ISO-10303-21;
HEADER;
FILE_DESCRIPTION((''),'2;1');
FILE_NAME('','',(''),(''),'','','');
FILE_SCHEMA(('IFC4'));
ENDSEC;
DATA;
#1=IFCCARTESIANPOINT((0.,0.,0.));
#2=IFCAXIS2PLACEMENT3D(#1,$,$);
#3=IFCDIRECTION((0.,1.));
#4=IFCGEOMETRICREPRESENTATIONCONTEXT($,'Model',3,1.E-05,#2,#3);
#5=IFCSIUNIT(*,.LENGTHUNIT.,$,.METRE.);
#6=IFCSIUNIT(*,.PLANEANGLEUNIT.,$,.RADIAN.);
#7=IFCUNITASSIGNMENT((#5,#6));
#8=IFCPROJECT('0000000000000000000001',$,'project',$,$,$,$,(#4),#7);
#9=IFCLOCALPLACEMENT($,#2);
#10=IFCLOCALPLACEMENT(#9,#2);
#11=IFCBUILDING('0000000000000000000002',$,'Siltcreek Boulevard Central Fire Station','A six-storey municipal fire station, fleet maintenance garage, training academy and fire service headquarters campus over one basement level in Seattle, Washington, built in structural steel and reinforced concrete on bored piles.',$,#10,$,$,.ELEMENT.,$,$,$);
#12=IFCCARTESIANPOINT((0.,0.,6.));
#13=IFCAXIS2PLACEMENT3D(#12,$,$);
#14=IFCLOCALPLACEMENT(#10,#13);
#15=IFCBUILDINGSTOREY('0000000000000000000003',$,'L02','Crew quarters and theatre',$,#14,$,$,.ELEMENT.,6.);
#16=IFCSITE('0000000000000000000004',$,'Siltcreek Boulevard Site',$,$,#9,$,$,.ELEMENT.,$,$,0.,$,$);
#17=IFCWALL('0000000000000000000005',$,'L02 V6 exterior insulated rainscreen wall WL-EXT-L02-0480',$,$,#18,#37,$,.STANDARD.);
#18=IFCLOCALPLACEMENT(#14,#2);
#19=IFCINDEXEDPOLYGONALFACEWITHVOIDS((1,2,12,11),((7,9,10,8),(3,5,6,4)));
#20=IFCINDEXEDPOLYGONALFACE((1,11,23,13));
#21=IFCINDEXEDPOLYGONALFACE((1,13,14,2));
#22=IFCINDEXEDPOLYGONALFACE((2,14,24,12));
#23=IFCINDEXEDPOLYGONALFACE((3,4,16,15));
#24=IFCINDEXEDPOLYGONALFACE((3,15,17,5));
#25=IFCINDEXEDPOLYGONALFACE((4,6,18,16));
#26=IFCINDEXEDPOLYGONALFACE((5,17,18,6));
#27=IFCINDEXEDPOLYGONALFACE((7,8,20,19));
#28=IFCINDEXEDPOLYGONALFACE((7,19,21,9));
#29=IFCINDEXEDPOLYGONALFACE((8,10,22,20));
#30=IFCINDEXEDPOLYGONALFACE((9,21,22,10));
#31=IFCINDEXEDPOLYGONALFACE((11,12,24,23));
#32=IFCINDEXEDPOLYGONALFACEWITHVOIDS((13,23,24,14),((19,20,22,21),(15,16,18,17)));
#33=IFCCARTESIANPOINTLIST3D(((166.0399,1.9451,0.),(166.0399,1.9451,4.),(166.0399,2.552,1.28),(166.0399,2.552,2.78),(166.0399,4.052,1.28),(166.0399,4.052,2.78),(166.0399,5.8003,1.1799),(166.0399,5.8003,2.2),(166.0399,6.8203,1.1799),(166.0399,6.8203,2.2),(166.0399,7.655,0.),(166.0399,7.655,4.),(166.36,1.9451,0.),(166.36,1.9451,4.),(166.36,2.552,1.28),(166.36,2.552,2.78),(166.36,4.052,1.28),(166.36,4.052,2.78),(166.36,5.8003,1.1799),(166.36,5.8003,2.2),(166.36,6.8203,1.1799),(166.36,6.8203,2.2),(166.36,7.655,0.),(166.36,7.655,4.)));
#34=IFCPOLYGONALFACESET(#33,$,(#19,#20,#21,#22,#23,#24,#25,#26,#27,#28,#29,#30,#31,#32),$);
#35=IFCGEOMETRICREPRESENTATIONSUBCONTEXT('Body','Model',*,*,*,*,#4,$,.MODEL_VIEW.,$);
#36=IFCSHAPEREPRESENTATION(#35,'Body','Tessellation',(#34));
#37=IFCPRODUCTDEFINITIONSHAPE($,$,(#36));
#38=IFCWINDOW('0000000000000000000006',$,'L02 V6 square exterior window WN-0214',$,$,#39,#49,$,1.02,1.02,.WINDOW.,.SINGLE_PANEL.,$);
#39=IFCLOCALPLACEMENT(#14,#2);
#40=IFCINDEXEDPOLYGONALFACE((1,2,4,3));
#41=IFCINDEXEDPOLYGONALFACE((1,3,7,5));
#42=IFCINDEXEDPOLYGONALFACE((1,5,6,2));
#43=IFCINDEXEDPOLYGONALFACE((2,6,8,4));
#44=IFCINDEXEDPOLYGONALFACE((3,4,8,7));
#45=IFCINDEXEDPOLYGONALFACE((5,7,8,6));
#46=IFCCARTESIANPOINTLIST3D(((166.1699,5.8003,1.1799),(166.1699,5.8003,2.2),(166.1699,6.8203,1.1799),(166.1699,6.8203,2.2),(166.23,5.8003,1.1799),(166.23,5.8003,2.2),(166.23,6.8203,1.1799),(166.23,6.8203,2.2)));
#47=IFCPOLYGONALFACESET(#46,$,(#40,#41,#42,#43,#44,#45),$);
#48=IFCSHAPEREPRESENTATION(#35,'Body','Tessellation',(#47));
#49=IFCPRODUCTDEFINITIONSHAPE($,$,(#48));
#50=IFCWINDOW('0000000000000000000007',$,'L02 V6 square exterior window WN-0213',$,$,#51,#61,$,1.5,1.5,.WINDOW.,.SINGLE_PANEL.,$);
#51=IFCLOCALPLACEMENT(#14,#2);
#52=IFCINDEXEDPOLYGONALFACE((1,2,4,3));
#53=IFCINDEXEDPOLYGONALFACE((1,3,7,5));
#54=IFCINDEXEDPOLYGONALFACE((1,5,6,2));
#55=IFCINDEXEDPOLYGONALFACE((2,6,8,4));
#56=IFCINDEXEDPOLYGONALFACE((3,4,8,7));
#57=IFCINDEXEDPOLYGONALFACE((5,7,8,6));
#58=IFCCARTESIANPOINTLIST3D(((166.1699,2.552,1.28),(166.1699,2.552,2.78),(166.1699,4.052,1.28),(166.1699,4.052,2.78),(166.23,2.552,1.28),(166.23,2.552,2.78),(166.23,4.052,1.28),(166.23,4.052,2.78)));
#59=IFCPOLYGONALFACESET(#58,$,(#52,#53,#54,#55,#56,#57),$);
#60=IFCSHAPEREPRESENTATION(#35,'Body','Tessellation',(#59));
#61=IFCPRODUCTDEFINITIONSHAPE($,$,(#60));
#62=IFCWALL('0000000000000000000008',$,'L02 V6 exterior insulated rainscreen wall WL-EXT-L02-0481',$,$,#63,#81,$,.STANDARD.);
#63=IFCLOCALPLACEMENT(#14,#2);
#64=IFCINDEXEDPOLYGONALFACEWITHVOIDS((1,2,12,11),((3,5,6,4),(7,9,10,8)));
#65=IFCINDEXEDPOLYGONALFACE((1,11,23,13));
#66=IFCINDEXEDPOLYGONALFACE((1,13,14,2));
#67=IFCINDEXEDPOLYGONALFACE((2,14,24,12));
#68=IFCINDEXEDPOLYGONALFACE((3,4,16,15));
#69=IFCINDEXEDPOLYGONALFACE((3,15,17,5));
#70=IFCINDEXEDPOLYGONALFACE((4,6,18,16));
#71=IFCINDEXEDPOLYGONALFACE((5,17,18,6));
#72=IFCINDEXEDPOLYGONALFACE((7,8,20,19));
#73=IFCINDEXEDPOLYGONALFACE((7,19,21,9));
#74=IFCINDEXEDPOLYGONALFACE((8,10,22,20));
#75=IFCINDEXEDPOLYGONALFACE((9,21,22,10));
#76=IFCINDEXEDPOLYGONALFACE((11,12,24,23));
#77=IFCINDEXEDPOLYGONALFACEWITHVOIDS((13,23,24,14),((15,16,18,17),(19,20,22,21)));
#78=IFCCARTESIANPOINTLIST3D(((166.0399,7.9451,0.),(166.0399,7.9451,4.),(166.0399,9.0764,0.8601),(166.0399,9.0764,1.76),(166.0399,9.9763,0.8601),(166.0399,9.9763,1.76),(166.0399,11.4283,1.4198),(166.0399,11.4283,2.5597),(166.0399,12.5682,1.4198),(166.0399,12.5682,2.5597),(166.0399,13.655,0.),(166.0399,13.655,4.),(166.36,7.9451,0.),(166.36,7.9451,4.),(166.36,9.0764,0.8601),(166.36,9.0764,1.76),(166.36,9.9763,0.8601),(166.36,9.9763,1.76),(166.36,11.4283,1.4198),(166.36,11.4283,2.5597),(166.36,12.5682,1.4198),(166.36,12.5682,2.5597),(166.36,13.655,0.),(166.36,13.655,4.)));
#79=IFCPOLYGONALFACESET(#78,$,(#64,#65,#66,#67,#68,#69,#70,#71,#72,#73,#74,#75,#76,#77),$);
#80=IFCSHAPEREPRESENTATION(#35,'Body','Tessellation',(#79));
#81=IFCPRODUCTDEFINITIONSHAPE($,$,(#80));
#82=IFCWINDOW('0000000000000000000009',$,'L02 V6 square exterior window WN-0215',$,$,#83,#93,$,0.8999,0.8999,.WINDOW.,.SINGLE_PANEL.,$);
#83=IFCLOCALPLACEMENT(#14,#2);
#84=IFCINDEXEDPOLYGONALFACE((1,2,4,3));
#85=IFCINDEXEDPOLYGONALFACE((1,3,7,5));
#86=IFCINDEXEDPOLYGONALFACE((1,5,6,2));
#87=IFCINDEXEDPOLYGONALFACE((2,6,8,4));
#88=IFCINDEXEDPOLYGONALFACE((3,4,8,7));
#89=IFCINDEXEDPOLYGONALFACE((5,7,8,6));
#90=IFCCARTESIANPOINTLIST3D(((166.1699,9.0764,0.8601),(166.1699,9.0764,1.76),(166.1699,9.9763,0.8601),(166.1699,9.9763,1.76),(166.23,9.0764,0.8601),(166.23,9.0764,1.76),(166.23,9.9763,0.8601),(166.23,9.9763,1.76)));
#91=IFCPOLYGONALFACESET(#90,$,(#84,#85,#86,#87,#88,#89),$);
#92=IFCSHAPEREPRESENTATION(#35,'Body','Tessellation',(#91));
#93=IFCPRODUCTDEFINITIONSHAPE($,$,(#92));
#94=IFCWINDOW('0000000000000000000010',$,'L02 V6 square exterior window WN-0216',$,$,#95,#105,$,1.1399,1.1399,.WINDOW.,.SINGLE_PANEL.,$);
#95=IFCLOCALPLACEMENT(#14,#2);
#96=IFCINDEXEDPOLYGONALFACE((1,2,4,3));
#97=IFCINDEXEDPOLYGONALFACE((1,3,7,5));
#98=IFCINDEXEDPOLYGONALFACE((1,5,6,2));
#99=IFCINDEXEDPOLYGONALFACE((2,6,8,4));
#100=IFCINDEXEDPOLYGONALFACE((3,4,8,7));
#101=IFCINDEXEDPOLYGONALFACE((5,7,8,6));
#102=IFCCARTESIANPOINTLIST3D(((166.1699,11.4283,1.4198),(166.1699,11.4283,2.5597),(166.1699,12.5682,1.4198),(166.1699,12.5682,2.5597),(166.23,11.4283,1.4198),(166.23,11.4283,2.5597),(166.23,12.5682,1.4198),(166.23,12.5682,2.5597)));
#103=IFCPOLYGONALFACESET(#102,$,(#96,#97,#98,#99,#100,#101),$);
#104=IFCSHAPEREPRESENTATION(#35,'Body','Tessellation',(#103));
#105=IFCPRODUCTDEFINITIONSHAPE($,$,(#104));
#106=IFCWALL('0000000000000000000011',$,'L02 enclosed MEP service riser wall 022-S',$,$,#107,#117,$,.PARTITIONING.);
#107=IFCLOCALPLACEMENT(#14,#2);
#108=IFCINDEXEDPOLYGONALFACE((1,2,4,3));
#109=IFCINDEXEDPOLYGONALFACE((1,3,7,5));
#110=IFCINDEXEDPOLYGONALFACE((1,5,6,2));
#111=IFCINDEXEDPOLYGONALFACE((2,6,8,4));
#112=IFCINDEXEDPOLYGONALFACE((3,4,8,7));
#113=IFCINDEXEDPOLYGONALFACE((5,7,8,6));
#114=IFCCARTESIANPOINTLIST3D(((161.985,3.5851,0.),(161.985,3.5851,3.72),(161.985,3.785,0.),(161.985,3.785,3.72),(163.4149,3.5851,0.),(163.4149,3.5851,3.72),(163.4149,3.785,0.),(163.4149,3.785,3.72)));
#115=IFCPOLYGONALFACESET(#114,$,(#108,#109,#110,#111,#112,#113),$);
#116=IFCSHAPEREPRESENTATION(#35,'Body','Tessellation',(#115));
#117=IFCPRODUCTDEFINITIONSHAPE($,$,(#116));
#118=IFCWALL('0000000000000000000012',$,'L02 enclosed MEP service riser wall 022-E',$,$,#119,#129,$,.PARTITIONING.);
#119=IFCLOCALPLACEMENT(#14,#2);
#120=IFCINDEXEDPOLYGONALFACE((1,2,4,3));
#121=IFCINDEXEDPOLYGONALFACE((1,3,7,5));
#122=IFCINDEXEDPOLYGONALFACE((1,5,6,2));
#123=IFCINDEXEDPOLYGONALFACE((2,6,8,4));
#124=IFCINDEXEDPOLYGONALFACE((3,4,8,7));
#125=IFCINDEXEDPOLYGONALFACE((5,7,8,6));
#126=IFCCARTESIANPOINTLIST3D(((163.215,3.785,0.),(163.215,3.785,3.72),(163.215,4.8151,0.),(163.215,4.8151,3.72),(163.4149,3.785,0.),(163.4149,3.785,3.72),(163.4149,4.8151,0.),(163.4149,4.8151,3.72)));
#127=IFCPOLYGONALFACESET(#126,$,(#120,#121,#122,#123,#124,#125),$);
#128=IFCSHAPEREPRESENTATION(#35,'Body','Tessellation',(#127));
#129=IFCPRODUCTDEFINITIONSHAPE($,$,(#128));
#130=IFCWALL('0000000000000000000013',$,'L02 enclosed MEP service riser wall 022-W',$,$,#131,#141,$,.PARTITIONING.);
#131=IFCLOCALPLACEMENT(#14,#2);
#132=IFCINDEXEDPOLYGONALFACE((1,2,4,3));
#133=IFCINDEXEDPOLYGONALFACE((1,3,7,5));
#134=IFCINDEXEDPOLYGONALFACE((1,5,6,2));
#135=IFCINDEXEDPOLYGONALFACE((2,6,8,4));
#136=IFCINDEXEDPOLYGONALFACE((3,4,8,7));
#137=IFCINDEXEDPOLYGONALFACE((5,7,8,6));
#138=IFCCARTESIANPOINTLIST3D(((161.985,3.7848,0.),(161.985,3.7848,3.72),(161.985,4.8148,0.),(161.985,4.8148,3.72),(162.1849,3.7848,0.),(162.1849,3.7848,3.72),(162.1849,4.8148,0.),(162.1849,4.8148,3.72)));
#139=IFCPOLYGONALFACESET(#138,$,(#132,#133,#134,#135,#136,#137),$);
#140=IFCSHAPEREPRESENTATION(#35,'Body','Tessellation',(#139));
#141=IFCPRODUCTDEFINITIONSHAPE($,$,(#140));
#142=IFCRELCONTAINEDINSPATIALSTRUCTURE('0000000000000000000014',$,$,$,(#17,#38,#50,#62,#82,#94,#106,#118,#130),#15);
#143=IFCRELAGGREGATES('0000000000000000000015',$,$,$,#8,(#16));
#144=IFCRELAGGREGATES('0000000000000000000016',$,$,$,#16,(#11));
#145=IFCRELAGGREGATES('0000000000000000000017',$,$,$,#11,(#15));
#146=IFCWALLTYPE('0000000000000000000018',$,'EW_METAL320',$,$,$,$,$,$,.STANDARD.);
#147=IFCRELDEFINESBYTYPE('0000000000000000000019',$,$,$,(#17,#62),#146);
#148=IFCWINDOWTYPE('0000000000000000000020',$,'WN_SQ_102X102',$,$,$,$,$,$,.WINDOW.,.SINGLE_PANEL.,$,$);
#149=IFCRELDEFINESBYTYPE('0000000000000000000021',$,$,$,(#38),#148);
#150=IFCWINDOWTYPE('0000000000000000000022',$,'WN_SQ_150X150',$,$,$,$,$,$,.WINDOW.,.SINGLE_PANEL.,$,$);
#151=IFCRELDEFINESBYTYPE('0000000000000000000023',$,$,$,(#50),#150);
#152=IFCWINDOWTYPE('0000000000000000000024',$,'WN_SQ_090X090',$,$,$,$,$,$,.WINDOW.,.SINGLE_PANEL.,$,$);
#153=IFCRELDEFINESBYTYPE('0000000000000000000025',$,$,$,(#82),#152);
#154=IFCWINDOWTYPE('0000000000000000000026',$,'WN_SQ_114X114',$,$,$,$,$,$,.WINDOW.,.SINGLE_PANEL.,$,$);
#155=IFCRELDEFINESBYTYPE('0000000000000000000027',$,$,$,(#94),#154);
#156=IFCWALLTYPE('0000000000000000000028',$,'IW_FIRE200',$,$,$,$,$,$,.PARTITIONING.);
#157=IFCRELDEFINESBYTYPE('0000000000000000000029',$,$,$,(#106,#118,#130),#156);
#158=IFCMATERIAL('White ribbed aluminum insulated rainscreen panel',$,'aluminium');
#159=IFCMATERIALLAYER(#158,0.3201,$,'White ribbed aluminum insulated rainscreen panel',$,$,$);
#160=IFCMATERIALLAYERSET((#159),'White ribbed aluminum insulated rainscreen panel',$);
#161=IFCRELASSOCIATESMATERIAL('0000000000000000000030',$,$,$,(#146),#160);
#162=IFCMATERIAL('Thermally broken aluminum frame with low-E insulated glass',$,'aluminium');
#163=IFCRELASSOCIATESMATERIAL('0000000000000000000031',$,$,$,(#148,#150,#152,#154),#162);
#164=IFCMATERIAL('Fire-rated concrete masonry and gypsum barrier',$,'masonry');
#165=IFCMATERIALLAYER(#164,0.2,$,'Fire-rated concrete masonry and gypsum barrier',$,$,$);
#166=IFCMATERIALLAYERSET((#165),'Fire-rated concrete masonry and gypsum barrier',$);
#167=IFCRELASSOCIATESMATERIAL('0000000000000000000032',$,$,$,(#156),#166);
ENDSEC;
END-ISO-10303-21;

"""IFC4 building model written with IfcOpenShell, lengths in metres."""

from ifc_helpers import new_model, si_unit, direction, frame, frame_2d, origin, place, context, subcontext, project, spatial, rectangle, extrude, material, layer, layer_set, type_object, element, fill, save


model = new_model("IFC4")

# Units and contexts
model_context = context("Model", 3, precision=1e-05, world=origin(), true_north=direction((0.0, 1.0)))
body_context = subcontext(model_context, "Body", "Model", "MODEL_VIEW")
ifc_project = project(units=[si_unit("LENGTHUNIT", "METRE"), si_unit("PLANEANGLEUNIT", "RADIAN")], contexts=[model_context])

# Site, building, storey
site_placement = place(None, origin())
site = spatial("IfcSite", under=ifc_project, at=site_placement, Name="Siltcreek Boulevard Site", CompositionType="ELEMENT", RefElevation=0.0)
building_placement = place(site_placement, origin())
building = spatial("IfcBuilding", under=site, at=building_placement, Name="Siltcreek Boulevard Central Fire Station", Description="A six-storey municipal fire station, fleet maintenance garage, training academy and fire service headquarters campus over one basement level in Seattle, Washington, built in structural steel and reinforced concrete on bored piles.", CompositionType="ELEMENT")
storey_placement = place(building_placement, frame((0.0, 0.0, 6.0)))
storey = spatial("IfcBuildingStorey", under=building, at=storey_placement, Name="L02", Description="Crew quarters and theatre", CompositionType="ELEMENT", Elevation=6.0)

# Walls, openings, windows
ifc_material_1 = material(Name="White ribbed aluminum insulated rainscreen panel", Category="aluminium")
ifc_layer_1 = layer(ifc_material_1, 0.3201, Name="White ribbed aluminum insulated rainscreen panel")
ifc_layer_set_1 = layer_set([ifc_layer_1], Name="White ribbed aluminum insulated rainscreen panel")
wall_type_1 = type_object("IfcWallType", Name="EW_METAL320", PredefinedType="STANDARD", material=ifc_layer_set_1)
ifc_material_2 = material(Name="Thermally broken aluminum frame with low-E insulated glass", Category="aluminium")
wall_1_placement = place(storey_placement, frame((166.2, 1.9451, 0.0), z_axis=(0.0, 0.0, 1.0), x_axis=(0.0, 1.0, 0.0)))
wall_1 = element("IfcWall", 1, at=wall_1_placement, inside=storey, type_object=wall_type_1, Name="L02 V6 exterior insulated rainscreen wall WL-EXT-L02-0480", PredefinedType="STANDARD", context=body_context, shape_type="SweptSolid", body=[
    extrude(rectangle(XDim=5.71, YDim=0.3201, at=frame_2d((2.855, 0.0))), origin(), (0.0, 0.0, 1.0), 4.0),
])
opening_1_placement = place(wall_1_placement, frame((0.6069, 0.0, 1.28)))
opening_1 = element("IfcOpeningElement", 2, at=opening_1_placement, cuts=wall_1, PredefinedType="OPENING", context=body_context, shape_type="SweptSolid", body=[
    extrude(rectangle(XDim=1.5, YDim=1.5, at=frame_2d((0.75, 0.75))), frame((0.0, 0.1699, 0.0), z_axis=(0.0, -1.0, 0.0), x_axis=(1.0, 0.0, 0.0)), (0.0, 0.0, 1.0), 0.3401),
])
opening_2_placement = place(wall_1_placement, frame((3.8552, 0.0, 1.1799)))
opening_2 = element("IfcOpeningElement", 3, at=opening_2_placement, cuts=wall_1, PredefinedType="OPENING", context=body_context, shape_type="SweptSolid", body=[
    extrude(rectangle(XDim=1.02, YDim=1.02, at=frame_2d((0.51, 0.51))), frame((0.0, 0.1699, 0.0), z_axis=(0.0, -1.0, 0.0), x_axis=(1.0, 0.0, 0.0)), (0.0, 0.0, 1.0), 0.3401),
])
window_type_1 = type_object("IfcWindowType", Name="WN_SQ_102X102", PartitioningType="SINGLE_PANEL", PredefinedType="WINDOW", material=ifc_material_2)
window_1_placement = place(opening_2_placement, origin())
window_1 = element("IfcWindow", 4, at=window_1_placement, inside=storey, type_object=window_type_1, Name="L02 V6 square exterior window WN-0214", OverallHeight=1.02, OverallWidth=1.02, PartitioningType="SINGLE_PANEL", PredefinedType="WINDOW", context=body_context, shape_type="SweptSolid", body=[
    extrude(rectangle(XDim=1.02, YDim=1.02, at=frame_2d((0.51, 0.51))), frame((0.0, 0.03, 0.0), z_axis=(0.0, -1.0, 0.0), x_axis=(1.0, 0.0, 0.0)), (0.0, 0.0, 1.0), 0.0601),
])
fill(opening_2, window_1)
window_type_2 = type_object("IfcWindowType", Name="WN_SQ_150X150", PartitioningType="SINGLE_PANEL", PredefinedType="WINDOW", material=ifc_material_2)
window_2_placement = place(opening_1_placement, origin())
window_2 = element("IfcWindow", 5, at=window_2_placement, inside=storey, type_object=window_type_2, Name="L02 V6 square exterior window WN-0213", OverallHeight=1.5, OverallWidth=1.5, PartitioningType="SINGLE_PANEL", PredefinedType="WINDOW", context=body_context, shape_type="SweptSolid", body=[
    extrude(rectangle(XDim=1.5, YDim=1.5, at=frame_2d((0.75, 0.75))), frame((0.0, 0.03, 0.0), z_axis=(0.0, -1.0, 0.0), x_axis=(1.0, 0.0, 0.0)), (0.0, 0.0, 1.0), 0.0601),
])
fill(opening_1, window_2)
wall_2_placement = place(storey_placement, frame((166.2, 7.9451, 0.0), z_axis=(0.0, 0.0, 1.0), x_axis=(0.0, 1.0, 0.0)))
wall_2 = element("IfcWall", 6, at=wall_2_placement, inside=storey, type_object=wall_type_1, Name="L02 V6 exterior insulated rainscreen wall WL-EXT-L02-0481", PredefinedType="STANDARD", context=body_context, shape_type="SweptSolid", body=[
    extrude(rectangle(XDim=5.71, YDim=0.3201, at=frame_2d((2.855, 0.0))), origin(), (0.0, 0.0, 1.0), 4.0),
])
opening_3_placement = place(wall_2_placement, frame((1.1313, 0.0, 0.8601)))
opening_3 = element("IfcOpeningElement", 7, at=opening_3_placement, cuts=wall_2, PredefinedType="OPENING", context=body_context, shape_type="SweptSolid", body=[
    extrude(rectangle(XDim=0.8999, YDim=0.8999, at=frame_2d((0.45, 0.45))), frame((0.0, 0.1699, 0.0), z_axis=(0.0, -1.0, 0.0), x_axis=(1.0, 0.0, 0.0)), (0.0, 0.0, 1.0), 0.3401),
])
opening_4_placement = place(wall_2_placement, frame((3.4834, 0.0, 1.4199)))
opening_4 = element("IfcOpeningElement", 8, at=opening_4_placement, cuts=wall_2, PredefinedType="OPENING", context=body_context, shape_type="SweptSolid", body=[
    extrude(rectangle(XDim=1.1399, YDim=1.1399, at=frame_2d((0.5698, 0.5698))), frame((0.0, 0.1699, 0.0), z_axis=(0.0, -1.0, 0.0), x_axis=(1.0, 0.0, 0.0)), (0.0, 0.0, 1.0), 0.3401),
])
window_type_3 = type_object("IfcWindowType", Name="WN_SQ_090X090", PartitioningType="SINGLE_PANEL", PredefinedType="WINDOW", material=ifc_material_2)
window_3_placement = place(opening_3_placement, origin())
window_3 = element("IfcWindow", 9, at=window_3_placement, inside=storey, type_object=window_type_3, Name="L02 V6 square exterior window WN-0215", OverallHeight=0.8999, OverallWidth=0.8999, PartitioningType="SINGLE_PANEL", PredefinedType="WINDOW", context=body_context, shape_type="SweptSolid", body=[
    extrude(rectangle(XDim=0.8999, YDim=0.8999, at=frame_2d((0.45, 0.45))), frame((0.0, 0.03, 0.0), z_axis=(0.0, -1.0, 0.0), x_axis=(1.0, 0.0, 0.0)), (0.0, 0.0, 1.0), 0.0601),
])
fill(opening_3, window_3)
window_type_4 = type_object("IfcWindowType", Name="WN_SQ_114X114", PartitioningType="SINGLE_PANEL", PredefinedType="WINDOW", material=ifc_material_2)
window_4_placement = place(opening_4_placement, origin())
window_4 = element("IfcWindow", 10, at=window_4_placement, inside=storey, type_object=window_type_4, Name="L02 V6 square exterior window WN-0216", OverallHeight=1.1399, OverallWidth=1.1399, PartitioningType="SINGLE_PANEL", PredefinedType="WINDOW", context=body_context, shape_type="SweptSolid", body=[
    extrude(rectangle(XDim=1.1399, YDim=1.1399, at=frame_2d((0.5698, 0.5698))), frame((0.0, 0.03, 0.0), z_axis=(0.0, -1.0, 0.0), x_axis=(1.0, 0.0, 0.0)), (0.0, 0.0, 1.0), 0.0601),
])
fill(opening_4, window_4)

# Walls
ifc_material_3 = material(Name="Fire-rated concrete masonry and gypsum barrier", Category="masonry")
ifc_layer_2 = layer(ifc_material_3, 0.2, Name="Fire-rated concrete masonry and gypsum barrier")
ifc_layer_set_2 = layer_set([ifc_layer_2], Name="Fire-rated concrete masonry and gypsum barrier")
wall_type_2 = type_object("IfcWallType", Name="IW_FIRE200", PredefinedType="PARTITIONING", material=ifc_layer_set_2)
wall_3_placement = place(storey_placement, frame((161.9851, 3.6851, 0.0), z_axis=(0.0, 0.0, 1.0), x_axis=(1.0, 0.0, 0.0)))
element("IfcWall", 11, at=wall_3_placement, inside=storey, type_object=wall_type_2, Name="L02 enclosed MEP service riser wall 022-S", PredefinedType="PARTITIONING", context=body_context, shape_type="SweptSolid", body=[
    extrude(rectangle(XDim=1.4299, YDim=0.2, at=frame_2d((0.7148, 0.0))), origin(), (0.0, 0.0, 1.0), 3.72),
])
wall_4_placement = place(storey_placement, frame((163.3149, 3.7849, 0.0), z_axis=(0.0, 0.0, 1.0), x_axis=(0.0, 1.0, 0.0)))
element("IfcWall", 12, at=wall_4_placement, inside=storey, type_object=wall_type_2, Name="L02 enclosed MEP service riser wall 022-E", PredefinedType="PARTITIONING", context=body_context, shape_type="SweptSolid", body=[
    extrude(rectangle(XDim=1.03, YDim=0.2, at=frame_2d((0.5151, 0.0))), origin(), (0.0, 0.0, 1.0), 3.72),
])
wall_5_placement = place(storey_placement, frame((162.085, 4.8149, 0.0), z_axis=(0.0, 0.0, 1.0), x_axis=(0.0, -1.0, 0.0)))
element("IfcWall", 13, at=wall_5_placement, inside=storey, type_object=wall_type_2, Name="L02 enclosed MEP service riser wall 022-W", PredefinedType="PARTITIONING", context=body_context, shape_type="SweptSolid", body=[
    extrude(rectangle(XDim=1.03, YDim=0.2, at=frame_2d((0.5151, 0.0))), origin(), (0.0, 0.0, 1.0), 3.72),
])

save(model, "model.ifc")
